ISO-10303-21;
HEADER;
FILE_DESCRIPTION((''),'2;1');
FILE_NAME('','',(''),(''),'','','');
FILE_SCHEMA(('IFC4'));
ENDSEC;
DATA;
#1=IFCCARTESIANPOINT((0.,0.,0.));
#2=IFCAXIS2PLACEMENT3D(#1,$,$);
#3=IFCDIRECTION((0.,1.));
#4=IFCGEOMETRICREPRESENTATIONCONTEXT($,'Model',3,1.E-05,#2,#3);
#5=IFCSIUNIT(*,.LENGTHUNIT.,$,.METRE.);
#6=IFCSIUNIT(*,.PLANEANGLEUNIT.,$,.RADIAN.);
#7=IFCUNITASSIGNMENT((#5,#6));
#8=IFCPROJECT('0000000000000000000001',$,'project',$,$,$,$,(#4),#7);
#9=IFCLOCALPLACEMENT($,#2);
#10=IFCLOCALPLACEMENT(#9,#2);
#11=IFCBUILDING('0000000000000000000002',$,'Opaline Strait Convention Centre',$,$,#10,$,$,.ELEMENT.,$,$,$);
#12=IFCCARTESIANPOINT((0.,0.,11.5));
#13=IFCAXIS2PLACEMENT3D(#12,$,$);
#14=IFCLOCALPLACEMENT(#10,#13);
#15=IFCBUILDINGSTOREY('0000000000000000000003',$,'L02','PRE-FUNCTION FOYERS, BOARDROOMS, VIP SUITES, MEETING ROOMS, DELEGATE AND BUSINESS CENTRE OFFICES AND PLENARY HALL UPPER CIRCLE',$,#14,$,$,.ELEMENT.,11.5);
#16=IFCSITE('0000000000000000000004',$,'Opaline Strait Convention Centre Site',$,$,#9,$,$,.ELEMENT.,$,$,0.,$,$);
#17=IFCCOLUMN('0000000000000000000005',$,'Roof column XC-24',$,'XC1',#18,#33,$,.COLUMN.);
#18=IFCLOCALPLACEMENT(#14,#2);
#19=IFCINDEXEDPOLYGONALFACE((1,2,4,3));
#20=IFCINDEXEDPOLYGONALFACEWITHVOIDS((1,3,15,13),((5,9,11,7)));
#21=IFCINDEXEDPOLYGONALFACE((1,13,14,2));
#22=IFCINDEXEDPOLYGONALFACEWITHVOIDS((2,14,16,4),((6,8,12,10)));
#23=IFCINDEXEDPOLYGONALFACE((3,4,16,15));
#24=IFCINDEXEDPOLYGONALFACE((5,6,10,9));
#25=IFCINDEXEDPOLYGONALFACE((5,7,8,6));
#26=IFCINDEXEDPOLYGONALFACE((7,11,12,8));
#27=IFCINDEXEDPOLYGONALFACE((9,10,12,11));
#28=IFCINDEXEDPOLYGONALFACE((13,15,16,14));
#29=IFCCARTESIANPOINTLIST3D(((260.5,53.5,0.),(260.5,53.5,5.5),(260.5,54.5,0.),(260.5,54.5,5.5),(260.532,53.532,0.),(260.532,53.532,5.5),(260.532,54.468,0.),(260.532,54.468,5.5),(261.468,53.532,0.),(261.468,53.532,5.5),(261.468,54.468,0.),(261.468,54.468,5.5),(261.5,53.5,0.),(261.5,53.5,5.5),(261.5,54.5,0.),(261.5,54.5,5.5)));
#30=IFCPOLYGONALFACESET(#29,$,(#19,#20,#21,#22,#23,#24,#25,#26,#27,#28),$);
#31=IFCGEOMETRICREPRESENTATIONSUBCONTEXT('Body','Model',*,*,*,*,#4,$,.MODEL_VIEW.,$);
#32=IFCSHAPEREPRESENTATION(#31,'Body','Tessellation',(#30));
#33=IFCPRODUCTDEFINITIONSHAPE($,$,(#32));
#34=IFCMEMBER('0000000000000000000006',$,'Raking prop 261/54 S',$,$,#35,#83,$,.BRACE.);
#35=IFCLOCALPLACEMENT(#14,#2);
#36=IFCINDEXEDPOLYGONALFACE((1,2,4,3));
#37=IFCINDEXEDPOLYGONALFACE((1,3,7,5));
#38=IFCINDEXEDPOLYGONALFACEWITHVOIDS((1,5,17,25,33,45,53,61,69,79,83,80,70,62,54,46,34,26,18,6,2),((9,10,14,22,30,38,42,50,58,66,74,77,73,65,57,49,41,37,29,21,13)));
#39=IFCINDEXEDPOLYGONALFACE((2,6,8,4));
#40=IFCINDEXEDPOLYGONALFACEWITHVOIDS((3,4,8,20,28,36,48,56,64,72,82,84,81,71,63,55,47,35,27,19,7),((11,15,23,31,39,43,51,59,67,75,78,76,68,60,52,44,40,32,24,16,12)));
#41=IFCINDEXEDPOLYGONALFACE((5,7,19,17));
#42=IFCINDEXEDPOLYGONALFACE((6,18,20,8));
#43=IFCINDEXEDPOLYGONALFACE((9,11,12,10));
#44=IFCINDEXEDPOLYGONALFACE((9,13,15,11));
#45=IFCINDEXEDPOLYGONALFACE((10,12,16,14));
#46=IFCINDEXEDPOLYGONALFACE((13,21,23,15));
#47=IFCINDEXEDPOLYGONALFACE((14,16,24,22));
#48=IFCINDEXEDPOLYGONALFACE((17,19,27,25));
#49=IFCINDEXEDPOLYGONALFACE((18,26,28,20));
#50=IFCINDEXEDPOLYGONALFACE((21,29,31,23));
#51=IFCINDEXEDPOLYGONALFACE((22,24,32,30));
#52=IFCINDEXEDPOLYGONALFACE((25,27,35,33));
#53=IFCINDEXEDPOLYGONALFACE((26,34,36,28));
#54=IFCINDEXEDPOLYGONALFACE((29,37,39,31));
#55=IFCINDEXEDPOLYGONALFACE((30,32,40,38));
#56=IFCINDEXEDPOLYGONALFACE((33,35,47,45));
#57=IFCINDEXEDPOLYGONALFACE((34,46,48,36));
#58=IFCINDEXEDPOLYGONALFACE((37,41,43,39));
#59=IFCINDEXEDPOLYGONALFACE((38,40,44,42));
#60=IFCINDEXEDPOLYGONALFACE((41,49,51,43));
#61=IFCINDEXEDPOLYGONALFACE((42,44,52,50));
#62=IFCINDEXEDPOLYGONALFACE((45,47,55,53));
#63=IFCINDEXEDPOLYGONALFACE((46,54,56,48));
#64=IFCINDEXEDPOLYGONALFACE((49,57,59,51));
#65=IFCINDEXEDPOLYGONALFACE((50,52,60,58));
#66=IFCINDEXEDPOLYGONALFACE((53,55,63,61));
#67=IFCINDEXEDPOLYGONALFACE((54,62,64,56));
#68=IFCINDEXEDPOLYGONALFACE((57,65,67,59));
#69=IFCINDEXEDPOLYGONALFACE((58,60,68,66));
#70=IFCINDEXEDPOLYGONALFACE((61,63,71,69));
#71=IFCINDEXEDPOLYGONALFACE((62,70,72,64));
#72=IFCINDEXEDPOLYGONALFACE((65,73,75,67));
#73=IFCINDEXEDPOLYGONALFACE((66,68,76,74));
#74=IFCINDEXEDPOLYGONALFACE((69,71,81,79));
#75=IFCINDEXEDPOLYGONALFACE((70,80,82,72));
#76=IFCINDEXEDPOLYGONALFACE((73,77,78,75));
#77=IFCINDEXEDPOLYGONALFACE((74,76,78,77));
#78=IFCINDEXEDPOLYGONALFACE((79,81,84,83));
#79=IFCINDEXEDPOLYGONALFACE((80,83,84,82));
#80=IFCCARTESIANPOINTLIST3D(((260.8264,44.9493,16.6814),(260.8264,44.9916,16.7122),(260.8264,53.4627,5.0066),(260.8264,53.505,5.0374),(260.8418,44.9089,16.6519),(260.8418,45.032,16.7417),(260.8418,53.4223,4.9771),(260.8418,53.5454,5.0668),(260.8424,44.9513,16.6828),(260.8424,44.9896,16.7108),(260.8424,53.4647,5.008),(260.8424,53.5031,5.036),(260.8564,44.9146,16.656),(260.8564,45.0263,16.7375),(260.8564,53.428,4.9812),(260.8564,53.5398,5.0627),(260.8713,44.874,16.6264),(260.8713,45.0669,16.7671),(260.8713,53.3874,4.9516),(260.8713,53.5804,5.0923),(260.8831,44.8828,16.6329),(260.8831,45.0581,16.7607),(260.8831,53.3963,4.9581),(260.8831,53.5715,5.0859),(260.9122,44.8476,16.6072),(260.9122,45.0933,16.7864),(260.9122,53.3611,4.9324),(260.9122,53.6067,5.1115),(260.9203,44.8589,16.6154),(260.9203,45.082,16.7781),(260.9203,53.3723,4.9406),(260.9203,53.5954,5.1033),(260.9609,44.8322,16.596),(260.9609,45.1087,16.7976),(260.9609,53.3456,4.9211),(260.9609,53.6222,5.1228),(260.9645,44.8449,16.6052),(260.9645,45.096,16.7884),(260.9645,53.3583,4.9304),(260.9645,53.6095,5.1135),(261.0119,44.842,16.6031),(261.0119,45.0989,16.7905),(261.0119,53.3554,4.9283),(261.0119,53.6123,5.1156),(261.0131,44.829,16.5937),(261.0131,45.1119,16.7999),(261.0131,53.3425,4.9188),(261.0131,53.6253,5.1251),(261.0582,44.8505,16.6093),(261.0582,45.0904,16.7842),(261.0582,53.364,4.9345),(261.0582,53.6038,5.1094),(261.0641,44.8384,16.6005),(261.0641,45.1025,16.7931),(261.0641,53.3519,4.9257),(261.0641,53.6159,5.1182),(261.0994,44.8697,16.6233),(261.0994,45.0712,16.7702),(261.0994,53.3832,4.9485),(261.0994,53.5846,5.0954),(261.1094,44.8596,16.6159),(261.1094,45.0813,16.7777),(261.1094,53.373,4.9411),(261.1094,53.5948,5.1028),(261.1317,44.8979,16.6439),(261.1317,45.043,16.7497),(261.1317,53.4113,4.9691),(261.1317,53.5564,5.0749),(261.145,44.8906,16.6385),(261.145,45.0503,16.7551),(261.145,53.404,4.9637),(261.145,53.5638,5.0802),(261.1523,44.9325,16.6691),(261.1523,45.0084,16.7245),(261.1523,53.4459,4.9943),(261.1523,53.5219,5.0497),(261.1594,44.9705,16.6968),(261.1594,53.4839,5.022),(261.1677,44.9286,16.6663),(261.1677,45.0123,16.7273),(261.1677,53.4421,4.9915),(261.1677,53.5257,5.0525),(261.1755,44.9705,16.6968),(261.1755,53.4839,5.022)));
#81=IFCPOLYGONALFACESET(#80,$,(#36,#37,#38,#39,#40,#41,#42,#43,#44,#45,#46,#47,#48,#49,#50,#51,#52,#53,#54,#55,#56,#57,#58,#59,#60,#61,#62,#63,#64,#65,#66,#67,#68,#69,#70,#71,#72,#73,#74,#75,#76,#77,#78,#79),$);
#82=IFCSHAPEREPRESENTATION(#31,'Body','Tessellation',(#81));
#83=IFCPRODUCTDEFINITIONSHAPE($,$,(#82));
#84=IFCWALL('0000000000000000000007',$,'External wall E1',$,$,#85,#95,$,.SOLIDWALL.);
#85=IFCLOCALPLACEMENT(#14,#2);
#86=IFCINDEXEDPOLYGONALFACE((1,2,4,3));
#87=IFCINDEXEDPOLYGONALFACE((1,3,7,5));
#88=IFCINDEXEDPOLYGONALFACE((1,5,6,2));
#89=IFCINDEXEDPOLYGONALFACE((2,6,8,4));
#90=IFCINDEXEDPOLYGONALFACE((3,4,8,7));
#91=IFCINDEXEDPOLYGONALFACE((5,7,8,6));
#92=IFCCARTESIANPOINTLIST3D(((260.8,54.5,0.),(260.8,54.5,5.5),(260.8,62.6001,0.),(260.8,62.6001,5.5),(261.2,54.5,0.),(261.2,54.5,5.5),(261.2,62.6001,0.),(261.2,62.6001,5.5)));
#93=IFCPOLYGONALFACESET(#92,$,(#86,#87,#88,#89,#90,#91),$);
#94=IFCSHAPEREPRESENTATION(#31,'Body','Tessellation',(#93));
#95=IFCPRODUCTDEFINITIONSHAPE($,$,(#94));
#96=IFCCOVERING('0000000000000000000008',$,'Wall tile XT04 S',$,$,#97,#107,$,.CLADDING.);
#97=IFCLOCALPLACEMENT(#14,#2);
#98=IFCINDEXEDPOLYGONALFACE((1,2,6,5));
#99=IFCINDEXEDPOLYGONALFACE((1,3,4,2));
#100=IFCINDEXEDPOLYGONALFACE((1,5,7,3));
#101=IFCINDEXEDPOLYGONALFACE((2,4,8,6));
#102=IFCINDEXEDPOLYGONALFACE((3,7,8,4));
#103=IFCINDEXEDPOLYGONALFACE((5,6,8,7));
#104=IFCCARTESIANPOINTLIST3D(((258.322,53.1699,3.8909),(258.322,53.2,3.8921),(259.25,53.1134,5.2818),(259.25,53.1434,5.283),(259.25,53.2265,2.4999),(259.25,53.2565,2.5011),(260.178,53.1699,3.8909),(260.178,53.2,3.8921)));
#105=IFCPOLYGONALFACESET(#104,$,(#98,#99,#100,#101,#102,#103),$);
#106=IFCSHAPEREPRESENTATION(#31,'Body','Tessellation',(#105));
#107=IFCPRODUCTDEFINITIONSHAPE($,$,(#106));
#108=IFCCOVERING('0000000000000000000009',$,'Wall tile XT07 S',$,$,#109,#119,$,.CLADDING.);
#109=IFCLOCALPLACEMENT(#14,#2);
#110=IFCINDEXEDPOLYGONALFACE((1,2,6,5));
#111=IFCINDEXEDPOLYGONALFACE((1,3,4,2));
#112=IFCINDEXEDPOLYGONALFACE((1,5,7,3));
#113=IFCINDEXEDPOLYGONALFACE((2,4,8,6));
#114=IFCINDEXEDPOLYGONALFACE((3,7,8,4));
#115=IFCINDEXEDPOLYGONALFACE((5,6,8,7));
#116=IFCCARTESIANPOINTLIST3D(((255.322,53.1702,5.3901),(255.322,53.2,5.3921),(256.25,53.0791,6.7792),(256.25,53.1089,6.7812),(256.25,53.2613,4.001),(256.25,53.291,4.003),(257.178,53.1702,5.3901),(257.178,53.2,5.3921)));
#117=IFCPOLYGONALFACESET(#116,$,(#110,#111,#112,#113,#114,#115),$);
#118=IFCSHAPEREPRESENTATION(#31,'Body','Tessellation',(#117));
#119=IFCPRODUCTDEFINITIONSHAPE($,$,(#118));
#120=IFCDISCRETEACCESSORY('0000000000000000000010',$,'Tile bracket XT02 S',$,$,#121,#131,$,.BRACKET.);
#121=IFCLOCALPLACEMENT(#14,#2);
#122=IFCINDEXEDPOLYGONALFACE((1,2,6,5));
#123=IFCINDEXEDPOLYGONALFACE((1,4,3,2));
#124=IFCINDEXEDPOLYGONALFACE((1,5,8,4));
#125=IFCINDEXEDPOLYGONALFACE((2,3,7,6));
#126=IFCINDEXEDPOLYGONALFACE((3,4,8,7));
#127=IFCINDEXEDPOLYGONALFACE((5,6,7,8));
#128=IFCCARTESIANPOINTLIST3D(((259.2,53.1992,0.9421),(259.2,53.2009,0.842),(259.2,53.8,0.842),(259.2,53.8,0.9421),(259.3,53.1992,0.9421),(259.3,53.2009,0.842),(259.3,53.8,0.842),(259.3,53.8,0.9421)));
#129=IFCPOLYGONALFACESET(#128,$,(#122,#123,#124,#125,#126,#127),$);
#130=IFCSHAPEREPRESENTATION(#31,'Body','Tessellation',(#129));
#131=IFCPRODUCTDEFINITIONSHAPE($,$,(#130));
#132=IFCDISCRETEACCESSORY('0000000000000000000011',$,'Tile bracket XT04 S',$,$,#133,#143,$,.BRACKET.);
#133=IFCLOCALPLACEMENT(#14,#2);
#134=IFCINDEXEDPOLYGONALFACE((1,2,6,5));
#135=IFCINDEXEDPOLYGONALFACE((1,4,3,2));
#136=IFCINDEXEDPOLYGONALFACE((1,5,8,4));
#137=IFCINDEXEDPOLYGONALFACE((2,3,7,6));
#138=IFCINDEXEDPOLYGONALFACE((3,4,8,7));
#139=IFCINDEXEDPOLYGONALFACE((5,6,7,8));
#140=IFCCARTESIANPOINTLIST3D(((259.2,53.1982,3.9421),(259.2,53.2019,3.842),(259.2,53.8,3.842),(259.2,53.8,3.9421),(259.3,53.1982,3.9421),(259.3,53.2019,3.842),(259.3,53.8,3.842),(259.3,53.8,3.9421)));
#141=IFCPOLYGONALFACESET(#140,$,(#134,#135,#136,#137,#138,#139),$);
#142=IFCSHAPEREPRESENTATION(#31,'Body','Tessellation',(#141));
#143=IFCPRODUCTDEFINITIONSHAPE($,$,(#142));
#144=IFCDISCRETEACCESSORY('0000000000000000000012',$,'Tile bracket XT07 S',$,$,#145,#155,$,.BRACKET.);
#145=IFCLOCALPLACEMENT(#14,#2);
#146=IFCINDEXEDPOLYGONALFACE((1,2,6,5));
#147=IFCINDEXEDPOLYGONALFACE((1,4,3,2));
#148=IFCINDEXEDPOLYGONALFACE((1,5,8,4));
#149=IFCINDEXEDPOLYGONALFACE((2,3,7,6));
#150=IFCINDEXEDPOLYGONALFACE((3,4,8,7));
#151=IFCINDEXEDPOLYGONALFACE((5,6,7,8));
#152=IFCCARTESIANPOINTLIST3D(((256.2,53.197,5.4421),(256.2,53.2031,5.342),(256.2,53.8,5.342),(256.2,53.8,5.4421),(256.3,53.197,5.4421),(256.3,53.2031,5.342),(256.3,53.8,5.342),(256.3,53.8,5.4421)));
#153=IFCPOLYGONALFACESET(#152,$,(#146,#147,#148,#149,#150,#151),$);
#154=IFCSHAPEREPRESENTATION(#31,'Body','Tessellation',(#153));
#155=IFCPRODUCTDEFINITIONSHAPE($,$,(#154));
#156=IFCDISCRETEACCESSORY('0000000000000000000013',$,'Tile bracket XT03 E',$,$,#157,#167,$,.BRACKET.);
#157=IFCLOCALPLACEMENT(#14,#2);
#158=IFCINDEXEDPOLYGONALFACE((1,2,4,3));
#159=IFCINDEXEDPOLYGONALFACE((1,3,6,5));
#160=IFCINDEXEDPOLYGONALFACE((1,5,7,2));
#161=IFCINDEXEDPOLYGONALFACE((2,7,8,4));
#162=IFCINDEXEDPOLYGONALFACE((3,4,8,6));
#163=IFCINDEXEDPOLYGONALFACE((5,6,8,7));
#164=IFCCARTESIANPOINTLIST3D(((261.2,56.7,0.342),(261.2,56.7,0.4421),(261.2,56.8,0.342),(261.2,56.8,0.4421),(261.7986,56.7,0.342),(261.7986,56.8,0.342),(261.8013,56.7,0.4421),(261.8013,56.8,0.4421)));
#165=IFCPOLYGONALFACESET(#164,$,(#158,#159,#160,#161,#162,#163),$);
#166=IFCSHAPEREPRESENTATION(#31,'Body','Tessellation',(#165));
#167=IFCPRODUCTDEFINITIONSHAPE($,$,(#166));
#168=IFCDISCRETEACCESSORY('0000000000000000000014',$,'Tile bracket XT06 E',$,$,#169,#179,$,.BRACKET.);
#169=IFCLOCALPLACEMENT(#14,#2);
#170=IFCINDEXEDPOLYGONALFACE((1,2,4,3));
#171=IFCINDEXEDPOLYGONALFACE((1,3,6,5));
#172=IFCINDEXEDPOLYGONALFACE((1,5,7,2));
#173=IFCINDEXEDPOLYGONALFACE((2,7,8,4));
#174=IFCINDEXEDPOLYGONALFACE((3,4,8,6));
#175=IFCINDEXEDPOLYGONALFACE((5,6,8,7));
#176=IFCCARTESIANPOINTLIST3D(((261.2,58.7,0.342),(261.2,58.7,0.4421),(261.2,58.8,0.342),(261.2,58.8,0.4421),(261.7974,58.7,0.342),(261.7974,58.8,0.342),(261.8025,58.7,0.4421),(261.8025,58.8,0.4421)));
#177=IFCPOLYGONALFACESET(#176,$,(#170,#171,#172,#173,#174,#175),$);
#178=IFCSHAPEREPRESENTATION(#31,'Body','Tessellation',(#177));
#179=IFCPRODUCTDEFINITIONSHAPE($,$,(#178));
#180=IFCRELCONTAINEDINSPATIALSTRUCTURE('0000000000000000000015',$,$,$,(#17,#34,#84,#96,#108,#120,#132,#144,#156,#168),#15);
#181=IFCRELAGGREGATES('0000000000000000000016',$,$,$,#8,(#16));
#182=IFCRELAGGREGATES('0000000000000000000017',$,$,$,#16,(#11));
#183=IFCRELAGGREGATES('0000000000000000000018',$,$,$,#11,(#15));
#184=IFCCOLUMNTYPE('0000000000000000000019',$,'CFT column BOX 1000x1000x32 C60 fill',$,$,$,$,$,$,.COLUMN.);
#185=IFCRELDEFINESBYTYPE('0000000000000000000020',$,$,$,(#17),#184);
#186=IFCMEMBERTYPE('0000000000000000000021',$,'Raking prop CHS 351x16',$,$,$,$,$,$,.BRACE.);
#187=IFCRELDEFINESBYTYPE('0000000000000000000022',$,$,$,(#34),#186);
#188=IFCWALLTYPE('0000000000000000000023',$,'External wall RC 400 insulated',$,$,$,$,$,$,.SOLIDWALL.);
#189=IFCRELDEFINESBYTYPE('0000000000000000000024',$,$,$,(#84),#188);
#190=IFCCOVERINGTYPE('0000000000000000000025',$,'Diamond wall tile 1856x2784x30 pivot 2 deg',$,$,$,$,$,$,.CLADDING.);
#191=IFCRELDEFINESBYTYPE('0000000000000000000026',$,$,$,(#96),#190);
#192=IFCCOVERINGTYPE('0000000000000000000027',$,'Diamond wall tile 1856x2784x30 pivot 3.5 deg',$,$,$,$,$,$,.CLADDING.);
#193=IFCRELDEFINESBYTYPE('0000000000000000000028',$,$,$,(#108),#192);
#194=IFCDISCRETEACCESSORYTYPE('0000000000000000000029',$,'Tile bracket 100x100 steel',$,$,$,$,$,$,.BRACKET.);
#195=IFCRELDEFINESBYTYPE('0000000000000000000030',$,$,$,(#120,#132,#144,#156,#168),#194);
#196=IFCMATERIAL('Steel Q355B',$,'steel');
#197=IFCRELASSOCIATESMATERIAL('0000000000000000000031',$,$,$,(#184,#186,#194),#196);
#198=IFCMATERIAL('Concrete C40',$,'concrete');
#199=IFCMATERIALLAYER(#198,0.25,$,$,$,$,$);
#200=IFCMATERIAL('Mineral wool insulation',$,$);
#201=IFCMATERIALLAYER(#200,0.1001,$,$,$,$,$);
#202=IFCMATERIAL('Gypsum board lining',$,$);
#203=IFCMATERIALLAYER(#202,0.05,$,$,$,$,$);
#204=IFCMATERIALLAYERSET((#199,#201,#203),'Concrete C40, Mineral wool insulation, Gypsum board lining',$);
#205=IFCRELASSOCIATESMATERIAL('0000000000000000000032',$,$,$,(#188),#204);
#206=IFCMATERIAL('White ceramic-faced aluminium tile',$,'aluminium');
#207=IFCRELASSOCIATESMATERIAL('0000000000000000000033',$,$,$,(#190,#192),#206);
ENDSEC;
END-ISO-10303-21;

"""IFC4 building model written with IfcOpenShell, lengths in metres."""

from ifc_helpers import new_model, si_unit, direction, frame, frame_2d, origin, origin_2d, place, context, subcontext, project, spatial, polyline, rectangle, hollow_rectangle, hollow_circle, outline, extrude, material, layer, layer_set, material_profile, profile_set, type_object, element, save


model = new_model("IFC4")

# Units and contexts
model_context = context("Model", 3, precision=1e-05, world=origin(), true_north=direction((0.0, 1.0)))
body_context = subcontext(model_context, "Body", "Model", "MODEL_VIEW")
ifc_project = project(units=[si_unit("LENGTHUNIT", "METRE"), si_unit("PLANEANGLEUNIT", "RADIAN")], contexts=[model_context])

# Site, building, storey
site_placement = place(None, origin())
site = spatial("IfcSite", under=ifc_project, at=site_placement, Name="Opaline Strait Convention Centre Site", CompositionType="ELEMENT", RefElevation=0.0)
building_placement = place(site_placement, origin())
building = spatial("IfcBuilding", under=site, at=building_placement, Name="Opaline Strait Convention Centre", CompositionType="ELEMENT")
storey_placement = place(building_placement, frame((0.0, 0.0, 11.5)))
storey = spatial("IfcBuildingStorey", under=building, at=storey_placement, Name="L02", Description="PRE-FUNCTION FOYERS, BOARDROOMS, VIP SUITES, MEETING ROOMS, DELEGATE AND BUSINESS CENTRE OFFICES AND PLENARY HALL UPPER CIRCLE", CompositionType="ELEMENT", Elevation=11.5)

# Column
ifc_material_1 = material(Name="Steel Q355B", Category="steel")
ifc_material_profile_1 = material_profile(ifc_material_1, hollow_rectangle(XDim=1.0, YDim=1.0, WallThickness=0.032, at=origin_2d()), Name="BOX 1000x1000x32")
ifc_profile_set_1 = profile_set([ifc_material_profile_1], Name="Steel Q355B")
column_type = type_object("IfcColumnType", Name="CFT column BOX 1000x1000x32 C60 fill", PredefinedType="COLUMN", material=ifc_profile_set_1)
column_placement = place(storey_placement, frame((261.0, 54.0, 0.0), z_axis=(0.0, 0.0, 1.0), x_axis=(1.0, 0.0, 0.0)))
element("IfcColumn", 1, at=column_placement, inside=storey, type_object=column_type, Name="Roof column XC-24", ObjectType="XC1", PredefinedType="COLUMN", context=body_context, shape_type="SweptSolid", body=[
    extrude(hollow_rectangle(XDim=1.0, YDim=1.0, WallThickness=0.032, at=origin_2d()), origin(), (0.0, 0.0, 1.0), 5.5),
])

# Member
ifc_material_profile_2 = material_profile(ifc_material_1, hollow_circle(Radius=0.1755, WallThickness=0.0161, at=origin_2d()), Name="CHS 351x16")
ifc_profile_set_2 = profile_set([ifc_material_profile_2], Name="Steel Q355B")
member_type = type_object("IfcMemberType", Name="Raking prop CHS 351x16", PredefinedType="BRACE", material=ifc_profile_set_2)
member_placement = place(storey_placement, frame((261.0, 53.4839, 5.022), z_axis=(0.0, -0.589197, 0.807989), x_axis=(1.0, 0.0, 0.0)))
element("IfcMember", 2, at=member_placement, inside=storey, type_object=member_type, Name="Raking prop 261/54 S", PredefinedType="BRACE", context=body_context, shape_type="SweptSolid", body=[
    extrude(hollow_circle(Radius=0.1755, WallThickness=0.0161, at=origin_2d()), origin(), (0.0, 0.0, 1.0), 14.4492),
])

# Wall
ifc_material_2 = material(Name="Concrete C40", Category="concrete")
ifc_layer_1 = layer(ifc_material_2, 0.25)
ifc_material_3 = material(Name="Mineral wool insulation")
ifc_layer_2 = layer(ifc_material_3, 0.1001)
ifc_material_4 = material(Name="Gypsum board lining")
ifc_layer_3 = layer(ifc_material_4, 0.05)
ifc_layer_set = layer_set([ifc_layer_1, ifc_layer_2, ifc_layer_3], Name="Concrete C40, Mineral wool insulation, Gypsum board lining")
wall_type = type_object("IfcWallType", Name="External wall RC 400 insulated", PredefinedType="SOLIDWALL", material=ifc_layer_set)
wall_placement = place(storey_placement, frame((261.0, 54.5, 0.0), z_axis=(0.0, 0.0, 1.0), x_axis=(0.0, 1.0, 0.0)))
element("IfcWall", 3, at=wall_placement, inside=storey, type_object=wall_type, Name="External wall E1", PredefinedType="SOLIDWALL", context=body_context, shape_type="SweptSolid", body=[
    extrude(rectangle(XDim=8.1001, YDim=0.3999, at=frame_2d((4.05, 0.0))), origin(), (0.0, 0.0, 1.0), 5.5),
])

# Coverings
ifc_material_5 = material(Name="White ceramic-faced aluminium tile", Category="aluminium")
ifc_material_profile_3 = material_profile(ifc_material_5, outline(polyline([(0.928, 0.0), (0.0, 1.3921), (-0.928, 0.0), (0.0, -1.3921), (0.928, 0.0)])), Name="Diamond tile 1856x2784")
ifc_profile_set_3 = profile_set([ifc_material_profile_3], Name="White ceramic-faced aluminium tile")
covering_type_1 = type_object("IfcCoveringType", Name="Diamond wall tile 1856x2784x30 pivot 2 deg", PredefinedType="CLADDING", material=ifc_profile_set_3)
covering_1_placement = place(storey_placement, frame((259.25, 53.2, 3.8921), z_axis=(0.0, -0.999175, -0.040617), x_axis=(1.0, 0.0, 0.0)))
element("IfcCovering", 4, at=covering_1_placement, inside=storey, type_object=covering_type_1, Name="Wall tile XT04 S", PredefinedType="CLADDING", context=body_context, shape_type="SweptSolid", body=[
    extrude(outline(polyline([(0.928, 0.0), (0.0, 1.3921), (-0.928, 0.0), (0.0, -1.3921), (0.928, 0.0)])), origin(), (0.0, 0.0, 1.0), 0.03),
])
ifc_material_profile_4 = material_profile(ifc_material_5, outline(polyline([(0.928, 0.0), (0.0, 1.3921), (-0.928, 0.0), (0.0, -1.3921), (0.928, 0.0)])), Name="Diamond tile 1856x2784")
ifc_profile_set_4 = profile_set([ifc_material_profile_4], Name="White ceramic-faced aluminium tile")
covering_type_2 = type_object("IfcCoveringType", Name="Diamond wall tile 1856x2784x30 pivot 3.5 deg", PredefinedType="CLADDING", material=ifc_profile_set_4)
covering_2_placement = place(storey_placement, frame((256.25, 53.2, 5.3921), z_axis=(0.0, -0.997857, -0.065433), x_axis=(1.0, 0.0, 0.0)))
element("IfcCovering", 5, at=covering_2_placement, inside=storey, type_object=covering_type_2, Name="Wall tile XT07 S", PredefinedType="CLADDING", context=body_context, shape_type="SweptSolid", body=[
    extrude(outline(polyline([(0.928, 0.0), (0.0, 1.3921), (-0.928, 0.0), (0.0, -1.3921), (0.928, 0.0)])), origin(), (0.0, 0.0, 1.0), 0.0298),
])

# Discrete accessories
discrete_accessory_type = type_object("IfcDiscreteAccessoryType", Name="Tile bracket 100x100 steel", PredefinedType="BRACKET", material=ifc_material_1)
discrete_accessory_1_placement = place(storey_placement, frame((259.2, 53.8, 0.8921), z_axis=(1.0, 0.0, 0.0), x_axis=(0.0, 1.0, 0.0)))
element("IfcDiscreteAccessory", 6, at=discrete_accessory_1_placement, inside=storey, type_object=discrete_accessory_type, Name="Tile bracket XT02 S", PredefinedType="BRACKET", context=body_context, shape_type="SweptSolid", body=[
    extrude(outline(polyline([(0.0, -0.05), (0.0, 0.05), (-0.6008, 0.05), (-0.5991, -0.05), (0.0, -0.05)])), origin(), (0.0, 0.0, 1.0), 0.1001),
])
discrete_accessory_2_placement = place(storey_placement, frame((259.2, 53.8, 3.8921), z_axis=(1.0, 0.0, 0.0), x_axis=(0.0, 1.0, 0.0)))
element("IfcDiscreteAccessory", 7, at=discrete_accessory_2_placement, inside=storey, type_object=discrete_accessory_type, Name="Tile bracket XT04 S", PredefinedType="BRACKET", context=body_context, shape_type="SweptSolid", body=[
    extrude(outline(polyline([(0.0, -0.05), (0.0, 0.05), (-0.6018, 0.05), (-0.5981, -0.05), (0.0, -0.05)])), origin(), (0.0, 0.0, 1.0), 0.1001),
])
discrete_accessory_3_placement = place(storey_placement, frame((256.2, 53.8, 5.3921), z_axis=(1.0, 0.0, 0.0), x_axis=(0.0, 1.0, 0.0)))
element("IfcDiscreteAccessory", 8, at=discrete_accessory_3_placement, inside=storey, type_object=discrete_accessory_type, Name="Tile bracket XT07 S", PredefinedType="BRACKET", context=body_context, shape_type="SweptSolid", body=[
    extrude(outline(polyline([(0.0, -0.05), (0.0, 0.05), (-0.603, 0.05), (-0.5969, -0.05), (0.0, -0.05)])), origin(), (0.0, 0.0, 1.0), 0.1001),
])
discrete_accessory_4_placement = place(storey_placement, frame((261.2, 56.7, 0.3921), z_axis=(0.0, 1.0, 0.0), x_axis=(-1.0, 0.0, 0.0)))
element("IfcDiscreteAccessory", 9, at=discrete_accessory_4_placement, inside=storey, type_object=discrete_accessory_type, Name="Tile bracket XT03 E", PredefinedType="BRACKET", context=body_context, shape_type="SweptSolid", body=[
    extrude(outline(polyline([(0.0, -0.05), (0.0, 0.05), (-0.6013, 0.05), (-0.5986, -0.05), (0.0, -0.05)])), origin(), (0.0, 0.0, 1.0), 0.1001),
])
discrete_accessory_5_placement = place(storey_placement, frame((261.2, 58.7, 0.3921), z_axis=(0.0, 1.0, 0.0), x_axis=(-1.0, 0.0, 0.0)))
element("IfcDiscreteAccessory", 10, at=discrete_accessory_5_placement, inside=storey, type_object=discrete_accessory_type, Name="Tile bracket XT06 E", PredefinedType="BRACKET", context=body_context, shape_type="SweptSolid", body=[
    extrude(outline(polyline([(0.0, -0.05), (0.0, 0.05), (-0.6025, 0.05), (-0.5974, -0.05), (0.0, -0.05)])), origin(), (0.0, 0.0, 1.0), 0.1001),
])

save(model, "model.ifc")
